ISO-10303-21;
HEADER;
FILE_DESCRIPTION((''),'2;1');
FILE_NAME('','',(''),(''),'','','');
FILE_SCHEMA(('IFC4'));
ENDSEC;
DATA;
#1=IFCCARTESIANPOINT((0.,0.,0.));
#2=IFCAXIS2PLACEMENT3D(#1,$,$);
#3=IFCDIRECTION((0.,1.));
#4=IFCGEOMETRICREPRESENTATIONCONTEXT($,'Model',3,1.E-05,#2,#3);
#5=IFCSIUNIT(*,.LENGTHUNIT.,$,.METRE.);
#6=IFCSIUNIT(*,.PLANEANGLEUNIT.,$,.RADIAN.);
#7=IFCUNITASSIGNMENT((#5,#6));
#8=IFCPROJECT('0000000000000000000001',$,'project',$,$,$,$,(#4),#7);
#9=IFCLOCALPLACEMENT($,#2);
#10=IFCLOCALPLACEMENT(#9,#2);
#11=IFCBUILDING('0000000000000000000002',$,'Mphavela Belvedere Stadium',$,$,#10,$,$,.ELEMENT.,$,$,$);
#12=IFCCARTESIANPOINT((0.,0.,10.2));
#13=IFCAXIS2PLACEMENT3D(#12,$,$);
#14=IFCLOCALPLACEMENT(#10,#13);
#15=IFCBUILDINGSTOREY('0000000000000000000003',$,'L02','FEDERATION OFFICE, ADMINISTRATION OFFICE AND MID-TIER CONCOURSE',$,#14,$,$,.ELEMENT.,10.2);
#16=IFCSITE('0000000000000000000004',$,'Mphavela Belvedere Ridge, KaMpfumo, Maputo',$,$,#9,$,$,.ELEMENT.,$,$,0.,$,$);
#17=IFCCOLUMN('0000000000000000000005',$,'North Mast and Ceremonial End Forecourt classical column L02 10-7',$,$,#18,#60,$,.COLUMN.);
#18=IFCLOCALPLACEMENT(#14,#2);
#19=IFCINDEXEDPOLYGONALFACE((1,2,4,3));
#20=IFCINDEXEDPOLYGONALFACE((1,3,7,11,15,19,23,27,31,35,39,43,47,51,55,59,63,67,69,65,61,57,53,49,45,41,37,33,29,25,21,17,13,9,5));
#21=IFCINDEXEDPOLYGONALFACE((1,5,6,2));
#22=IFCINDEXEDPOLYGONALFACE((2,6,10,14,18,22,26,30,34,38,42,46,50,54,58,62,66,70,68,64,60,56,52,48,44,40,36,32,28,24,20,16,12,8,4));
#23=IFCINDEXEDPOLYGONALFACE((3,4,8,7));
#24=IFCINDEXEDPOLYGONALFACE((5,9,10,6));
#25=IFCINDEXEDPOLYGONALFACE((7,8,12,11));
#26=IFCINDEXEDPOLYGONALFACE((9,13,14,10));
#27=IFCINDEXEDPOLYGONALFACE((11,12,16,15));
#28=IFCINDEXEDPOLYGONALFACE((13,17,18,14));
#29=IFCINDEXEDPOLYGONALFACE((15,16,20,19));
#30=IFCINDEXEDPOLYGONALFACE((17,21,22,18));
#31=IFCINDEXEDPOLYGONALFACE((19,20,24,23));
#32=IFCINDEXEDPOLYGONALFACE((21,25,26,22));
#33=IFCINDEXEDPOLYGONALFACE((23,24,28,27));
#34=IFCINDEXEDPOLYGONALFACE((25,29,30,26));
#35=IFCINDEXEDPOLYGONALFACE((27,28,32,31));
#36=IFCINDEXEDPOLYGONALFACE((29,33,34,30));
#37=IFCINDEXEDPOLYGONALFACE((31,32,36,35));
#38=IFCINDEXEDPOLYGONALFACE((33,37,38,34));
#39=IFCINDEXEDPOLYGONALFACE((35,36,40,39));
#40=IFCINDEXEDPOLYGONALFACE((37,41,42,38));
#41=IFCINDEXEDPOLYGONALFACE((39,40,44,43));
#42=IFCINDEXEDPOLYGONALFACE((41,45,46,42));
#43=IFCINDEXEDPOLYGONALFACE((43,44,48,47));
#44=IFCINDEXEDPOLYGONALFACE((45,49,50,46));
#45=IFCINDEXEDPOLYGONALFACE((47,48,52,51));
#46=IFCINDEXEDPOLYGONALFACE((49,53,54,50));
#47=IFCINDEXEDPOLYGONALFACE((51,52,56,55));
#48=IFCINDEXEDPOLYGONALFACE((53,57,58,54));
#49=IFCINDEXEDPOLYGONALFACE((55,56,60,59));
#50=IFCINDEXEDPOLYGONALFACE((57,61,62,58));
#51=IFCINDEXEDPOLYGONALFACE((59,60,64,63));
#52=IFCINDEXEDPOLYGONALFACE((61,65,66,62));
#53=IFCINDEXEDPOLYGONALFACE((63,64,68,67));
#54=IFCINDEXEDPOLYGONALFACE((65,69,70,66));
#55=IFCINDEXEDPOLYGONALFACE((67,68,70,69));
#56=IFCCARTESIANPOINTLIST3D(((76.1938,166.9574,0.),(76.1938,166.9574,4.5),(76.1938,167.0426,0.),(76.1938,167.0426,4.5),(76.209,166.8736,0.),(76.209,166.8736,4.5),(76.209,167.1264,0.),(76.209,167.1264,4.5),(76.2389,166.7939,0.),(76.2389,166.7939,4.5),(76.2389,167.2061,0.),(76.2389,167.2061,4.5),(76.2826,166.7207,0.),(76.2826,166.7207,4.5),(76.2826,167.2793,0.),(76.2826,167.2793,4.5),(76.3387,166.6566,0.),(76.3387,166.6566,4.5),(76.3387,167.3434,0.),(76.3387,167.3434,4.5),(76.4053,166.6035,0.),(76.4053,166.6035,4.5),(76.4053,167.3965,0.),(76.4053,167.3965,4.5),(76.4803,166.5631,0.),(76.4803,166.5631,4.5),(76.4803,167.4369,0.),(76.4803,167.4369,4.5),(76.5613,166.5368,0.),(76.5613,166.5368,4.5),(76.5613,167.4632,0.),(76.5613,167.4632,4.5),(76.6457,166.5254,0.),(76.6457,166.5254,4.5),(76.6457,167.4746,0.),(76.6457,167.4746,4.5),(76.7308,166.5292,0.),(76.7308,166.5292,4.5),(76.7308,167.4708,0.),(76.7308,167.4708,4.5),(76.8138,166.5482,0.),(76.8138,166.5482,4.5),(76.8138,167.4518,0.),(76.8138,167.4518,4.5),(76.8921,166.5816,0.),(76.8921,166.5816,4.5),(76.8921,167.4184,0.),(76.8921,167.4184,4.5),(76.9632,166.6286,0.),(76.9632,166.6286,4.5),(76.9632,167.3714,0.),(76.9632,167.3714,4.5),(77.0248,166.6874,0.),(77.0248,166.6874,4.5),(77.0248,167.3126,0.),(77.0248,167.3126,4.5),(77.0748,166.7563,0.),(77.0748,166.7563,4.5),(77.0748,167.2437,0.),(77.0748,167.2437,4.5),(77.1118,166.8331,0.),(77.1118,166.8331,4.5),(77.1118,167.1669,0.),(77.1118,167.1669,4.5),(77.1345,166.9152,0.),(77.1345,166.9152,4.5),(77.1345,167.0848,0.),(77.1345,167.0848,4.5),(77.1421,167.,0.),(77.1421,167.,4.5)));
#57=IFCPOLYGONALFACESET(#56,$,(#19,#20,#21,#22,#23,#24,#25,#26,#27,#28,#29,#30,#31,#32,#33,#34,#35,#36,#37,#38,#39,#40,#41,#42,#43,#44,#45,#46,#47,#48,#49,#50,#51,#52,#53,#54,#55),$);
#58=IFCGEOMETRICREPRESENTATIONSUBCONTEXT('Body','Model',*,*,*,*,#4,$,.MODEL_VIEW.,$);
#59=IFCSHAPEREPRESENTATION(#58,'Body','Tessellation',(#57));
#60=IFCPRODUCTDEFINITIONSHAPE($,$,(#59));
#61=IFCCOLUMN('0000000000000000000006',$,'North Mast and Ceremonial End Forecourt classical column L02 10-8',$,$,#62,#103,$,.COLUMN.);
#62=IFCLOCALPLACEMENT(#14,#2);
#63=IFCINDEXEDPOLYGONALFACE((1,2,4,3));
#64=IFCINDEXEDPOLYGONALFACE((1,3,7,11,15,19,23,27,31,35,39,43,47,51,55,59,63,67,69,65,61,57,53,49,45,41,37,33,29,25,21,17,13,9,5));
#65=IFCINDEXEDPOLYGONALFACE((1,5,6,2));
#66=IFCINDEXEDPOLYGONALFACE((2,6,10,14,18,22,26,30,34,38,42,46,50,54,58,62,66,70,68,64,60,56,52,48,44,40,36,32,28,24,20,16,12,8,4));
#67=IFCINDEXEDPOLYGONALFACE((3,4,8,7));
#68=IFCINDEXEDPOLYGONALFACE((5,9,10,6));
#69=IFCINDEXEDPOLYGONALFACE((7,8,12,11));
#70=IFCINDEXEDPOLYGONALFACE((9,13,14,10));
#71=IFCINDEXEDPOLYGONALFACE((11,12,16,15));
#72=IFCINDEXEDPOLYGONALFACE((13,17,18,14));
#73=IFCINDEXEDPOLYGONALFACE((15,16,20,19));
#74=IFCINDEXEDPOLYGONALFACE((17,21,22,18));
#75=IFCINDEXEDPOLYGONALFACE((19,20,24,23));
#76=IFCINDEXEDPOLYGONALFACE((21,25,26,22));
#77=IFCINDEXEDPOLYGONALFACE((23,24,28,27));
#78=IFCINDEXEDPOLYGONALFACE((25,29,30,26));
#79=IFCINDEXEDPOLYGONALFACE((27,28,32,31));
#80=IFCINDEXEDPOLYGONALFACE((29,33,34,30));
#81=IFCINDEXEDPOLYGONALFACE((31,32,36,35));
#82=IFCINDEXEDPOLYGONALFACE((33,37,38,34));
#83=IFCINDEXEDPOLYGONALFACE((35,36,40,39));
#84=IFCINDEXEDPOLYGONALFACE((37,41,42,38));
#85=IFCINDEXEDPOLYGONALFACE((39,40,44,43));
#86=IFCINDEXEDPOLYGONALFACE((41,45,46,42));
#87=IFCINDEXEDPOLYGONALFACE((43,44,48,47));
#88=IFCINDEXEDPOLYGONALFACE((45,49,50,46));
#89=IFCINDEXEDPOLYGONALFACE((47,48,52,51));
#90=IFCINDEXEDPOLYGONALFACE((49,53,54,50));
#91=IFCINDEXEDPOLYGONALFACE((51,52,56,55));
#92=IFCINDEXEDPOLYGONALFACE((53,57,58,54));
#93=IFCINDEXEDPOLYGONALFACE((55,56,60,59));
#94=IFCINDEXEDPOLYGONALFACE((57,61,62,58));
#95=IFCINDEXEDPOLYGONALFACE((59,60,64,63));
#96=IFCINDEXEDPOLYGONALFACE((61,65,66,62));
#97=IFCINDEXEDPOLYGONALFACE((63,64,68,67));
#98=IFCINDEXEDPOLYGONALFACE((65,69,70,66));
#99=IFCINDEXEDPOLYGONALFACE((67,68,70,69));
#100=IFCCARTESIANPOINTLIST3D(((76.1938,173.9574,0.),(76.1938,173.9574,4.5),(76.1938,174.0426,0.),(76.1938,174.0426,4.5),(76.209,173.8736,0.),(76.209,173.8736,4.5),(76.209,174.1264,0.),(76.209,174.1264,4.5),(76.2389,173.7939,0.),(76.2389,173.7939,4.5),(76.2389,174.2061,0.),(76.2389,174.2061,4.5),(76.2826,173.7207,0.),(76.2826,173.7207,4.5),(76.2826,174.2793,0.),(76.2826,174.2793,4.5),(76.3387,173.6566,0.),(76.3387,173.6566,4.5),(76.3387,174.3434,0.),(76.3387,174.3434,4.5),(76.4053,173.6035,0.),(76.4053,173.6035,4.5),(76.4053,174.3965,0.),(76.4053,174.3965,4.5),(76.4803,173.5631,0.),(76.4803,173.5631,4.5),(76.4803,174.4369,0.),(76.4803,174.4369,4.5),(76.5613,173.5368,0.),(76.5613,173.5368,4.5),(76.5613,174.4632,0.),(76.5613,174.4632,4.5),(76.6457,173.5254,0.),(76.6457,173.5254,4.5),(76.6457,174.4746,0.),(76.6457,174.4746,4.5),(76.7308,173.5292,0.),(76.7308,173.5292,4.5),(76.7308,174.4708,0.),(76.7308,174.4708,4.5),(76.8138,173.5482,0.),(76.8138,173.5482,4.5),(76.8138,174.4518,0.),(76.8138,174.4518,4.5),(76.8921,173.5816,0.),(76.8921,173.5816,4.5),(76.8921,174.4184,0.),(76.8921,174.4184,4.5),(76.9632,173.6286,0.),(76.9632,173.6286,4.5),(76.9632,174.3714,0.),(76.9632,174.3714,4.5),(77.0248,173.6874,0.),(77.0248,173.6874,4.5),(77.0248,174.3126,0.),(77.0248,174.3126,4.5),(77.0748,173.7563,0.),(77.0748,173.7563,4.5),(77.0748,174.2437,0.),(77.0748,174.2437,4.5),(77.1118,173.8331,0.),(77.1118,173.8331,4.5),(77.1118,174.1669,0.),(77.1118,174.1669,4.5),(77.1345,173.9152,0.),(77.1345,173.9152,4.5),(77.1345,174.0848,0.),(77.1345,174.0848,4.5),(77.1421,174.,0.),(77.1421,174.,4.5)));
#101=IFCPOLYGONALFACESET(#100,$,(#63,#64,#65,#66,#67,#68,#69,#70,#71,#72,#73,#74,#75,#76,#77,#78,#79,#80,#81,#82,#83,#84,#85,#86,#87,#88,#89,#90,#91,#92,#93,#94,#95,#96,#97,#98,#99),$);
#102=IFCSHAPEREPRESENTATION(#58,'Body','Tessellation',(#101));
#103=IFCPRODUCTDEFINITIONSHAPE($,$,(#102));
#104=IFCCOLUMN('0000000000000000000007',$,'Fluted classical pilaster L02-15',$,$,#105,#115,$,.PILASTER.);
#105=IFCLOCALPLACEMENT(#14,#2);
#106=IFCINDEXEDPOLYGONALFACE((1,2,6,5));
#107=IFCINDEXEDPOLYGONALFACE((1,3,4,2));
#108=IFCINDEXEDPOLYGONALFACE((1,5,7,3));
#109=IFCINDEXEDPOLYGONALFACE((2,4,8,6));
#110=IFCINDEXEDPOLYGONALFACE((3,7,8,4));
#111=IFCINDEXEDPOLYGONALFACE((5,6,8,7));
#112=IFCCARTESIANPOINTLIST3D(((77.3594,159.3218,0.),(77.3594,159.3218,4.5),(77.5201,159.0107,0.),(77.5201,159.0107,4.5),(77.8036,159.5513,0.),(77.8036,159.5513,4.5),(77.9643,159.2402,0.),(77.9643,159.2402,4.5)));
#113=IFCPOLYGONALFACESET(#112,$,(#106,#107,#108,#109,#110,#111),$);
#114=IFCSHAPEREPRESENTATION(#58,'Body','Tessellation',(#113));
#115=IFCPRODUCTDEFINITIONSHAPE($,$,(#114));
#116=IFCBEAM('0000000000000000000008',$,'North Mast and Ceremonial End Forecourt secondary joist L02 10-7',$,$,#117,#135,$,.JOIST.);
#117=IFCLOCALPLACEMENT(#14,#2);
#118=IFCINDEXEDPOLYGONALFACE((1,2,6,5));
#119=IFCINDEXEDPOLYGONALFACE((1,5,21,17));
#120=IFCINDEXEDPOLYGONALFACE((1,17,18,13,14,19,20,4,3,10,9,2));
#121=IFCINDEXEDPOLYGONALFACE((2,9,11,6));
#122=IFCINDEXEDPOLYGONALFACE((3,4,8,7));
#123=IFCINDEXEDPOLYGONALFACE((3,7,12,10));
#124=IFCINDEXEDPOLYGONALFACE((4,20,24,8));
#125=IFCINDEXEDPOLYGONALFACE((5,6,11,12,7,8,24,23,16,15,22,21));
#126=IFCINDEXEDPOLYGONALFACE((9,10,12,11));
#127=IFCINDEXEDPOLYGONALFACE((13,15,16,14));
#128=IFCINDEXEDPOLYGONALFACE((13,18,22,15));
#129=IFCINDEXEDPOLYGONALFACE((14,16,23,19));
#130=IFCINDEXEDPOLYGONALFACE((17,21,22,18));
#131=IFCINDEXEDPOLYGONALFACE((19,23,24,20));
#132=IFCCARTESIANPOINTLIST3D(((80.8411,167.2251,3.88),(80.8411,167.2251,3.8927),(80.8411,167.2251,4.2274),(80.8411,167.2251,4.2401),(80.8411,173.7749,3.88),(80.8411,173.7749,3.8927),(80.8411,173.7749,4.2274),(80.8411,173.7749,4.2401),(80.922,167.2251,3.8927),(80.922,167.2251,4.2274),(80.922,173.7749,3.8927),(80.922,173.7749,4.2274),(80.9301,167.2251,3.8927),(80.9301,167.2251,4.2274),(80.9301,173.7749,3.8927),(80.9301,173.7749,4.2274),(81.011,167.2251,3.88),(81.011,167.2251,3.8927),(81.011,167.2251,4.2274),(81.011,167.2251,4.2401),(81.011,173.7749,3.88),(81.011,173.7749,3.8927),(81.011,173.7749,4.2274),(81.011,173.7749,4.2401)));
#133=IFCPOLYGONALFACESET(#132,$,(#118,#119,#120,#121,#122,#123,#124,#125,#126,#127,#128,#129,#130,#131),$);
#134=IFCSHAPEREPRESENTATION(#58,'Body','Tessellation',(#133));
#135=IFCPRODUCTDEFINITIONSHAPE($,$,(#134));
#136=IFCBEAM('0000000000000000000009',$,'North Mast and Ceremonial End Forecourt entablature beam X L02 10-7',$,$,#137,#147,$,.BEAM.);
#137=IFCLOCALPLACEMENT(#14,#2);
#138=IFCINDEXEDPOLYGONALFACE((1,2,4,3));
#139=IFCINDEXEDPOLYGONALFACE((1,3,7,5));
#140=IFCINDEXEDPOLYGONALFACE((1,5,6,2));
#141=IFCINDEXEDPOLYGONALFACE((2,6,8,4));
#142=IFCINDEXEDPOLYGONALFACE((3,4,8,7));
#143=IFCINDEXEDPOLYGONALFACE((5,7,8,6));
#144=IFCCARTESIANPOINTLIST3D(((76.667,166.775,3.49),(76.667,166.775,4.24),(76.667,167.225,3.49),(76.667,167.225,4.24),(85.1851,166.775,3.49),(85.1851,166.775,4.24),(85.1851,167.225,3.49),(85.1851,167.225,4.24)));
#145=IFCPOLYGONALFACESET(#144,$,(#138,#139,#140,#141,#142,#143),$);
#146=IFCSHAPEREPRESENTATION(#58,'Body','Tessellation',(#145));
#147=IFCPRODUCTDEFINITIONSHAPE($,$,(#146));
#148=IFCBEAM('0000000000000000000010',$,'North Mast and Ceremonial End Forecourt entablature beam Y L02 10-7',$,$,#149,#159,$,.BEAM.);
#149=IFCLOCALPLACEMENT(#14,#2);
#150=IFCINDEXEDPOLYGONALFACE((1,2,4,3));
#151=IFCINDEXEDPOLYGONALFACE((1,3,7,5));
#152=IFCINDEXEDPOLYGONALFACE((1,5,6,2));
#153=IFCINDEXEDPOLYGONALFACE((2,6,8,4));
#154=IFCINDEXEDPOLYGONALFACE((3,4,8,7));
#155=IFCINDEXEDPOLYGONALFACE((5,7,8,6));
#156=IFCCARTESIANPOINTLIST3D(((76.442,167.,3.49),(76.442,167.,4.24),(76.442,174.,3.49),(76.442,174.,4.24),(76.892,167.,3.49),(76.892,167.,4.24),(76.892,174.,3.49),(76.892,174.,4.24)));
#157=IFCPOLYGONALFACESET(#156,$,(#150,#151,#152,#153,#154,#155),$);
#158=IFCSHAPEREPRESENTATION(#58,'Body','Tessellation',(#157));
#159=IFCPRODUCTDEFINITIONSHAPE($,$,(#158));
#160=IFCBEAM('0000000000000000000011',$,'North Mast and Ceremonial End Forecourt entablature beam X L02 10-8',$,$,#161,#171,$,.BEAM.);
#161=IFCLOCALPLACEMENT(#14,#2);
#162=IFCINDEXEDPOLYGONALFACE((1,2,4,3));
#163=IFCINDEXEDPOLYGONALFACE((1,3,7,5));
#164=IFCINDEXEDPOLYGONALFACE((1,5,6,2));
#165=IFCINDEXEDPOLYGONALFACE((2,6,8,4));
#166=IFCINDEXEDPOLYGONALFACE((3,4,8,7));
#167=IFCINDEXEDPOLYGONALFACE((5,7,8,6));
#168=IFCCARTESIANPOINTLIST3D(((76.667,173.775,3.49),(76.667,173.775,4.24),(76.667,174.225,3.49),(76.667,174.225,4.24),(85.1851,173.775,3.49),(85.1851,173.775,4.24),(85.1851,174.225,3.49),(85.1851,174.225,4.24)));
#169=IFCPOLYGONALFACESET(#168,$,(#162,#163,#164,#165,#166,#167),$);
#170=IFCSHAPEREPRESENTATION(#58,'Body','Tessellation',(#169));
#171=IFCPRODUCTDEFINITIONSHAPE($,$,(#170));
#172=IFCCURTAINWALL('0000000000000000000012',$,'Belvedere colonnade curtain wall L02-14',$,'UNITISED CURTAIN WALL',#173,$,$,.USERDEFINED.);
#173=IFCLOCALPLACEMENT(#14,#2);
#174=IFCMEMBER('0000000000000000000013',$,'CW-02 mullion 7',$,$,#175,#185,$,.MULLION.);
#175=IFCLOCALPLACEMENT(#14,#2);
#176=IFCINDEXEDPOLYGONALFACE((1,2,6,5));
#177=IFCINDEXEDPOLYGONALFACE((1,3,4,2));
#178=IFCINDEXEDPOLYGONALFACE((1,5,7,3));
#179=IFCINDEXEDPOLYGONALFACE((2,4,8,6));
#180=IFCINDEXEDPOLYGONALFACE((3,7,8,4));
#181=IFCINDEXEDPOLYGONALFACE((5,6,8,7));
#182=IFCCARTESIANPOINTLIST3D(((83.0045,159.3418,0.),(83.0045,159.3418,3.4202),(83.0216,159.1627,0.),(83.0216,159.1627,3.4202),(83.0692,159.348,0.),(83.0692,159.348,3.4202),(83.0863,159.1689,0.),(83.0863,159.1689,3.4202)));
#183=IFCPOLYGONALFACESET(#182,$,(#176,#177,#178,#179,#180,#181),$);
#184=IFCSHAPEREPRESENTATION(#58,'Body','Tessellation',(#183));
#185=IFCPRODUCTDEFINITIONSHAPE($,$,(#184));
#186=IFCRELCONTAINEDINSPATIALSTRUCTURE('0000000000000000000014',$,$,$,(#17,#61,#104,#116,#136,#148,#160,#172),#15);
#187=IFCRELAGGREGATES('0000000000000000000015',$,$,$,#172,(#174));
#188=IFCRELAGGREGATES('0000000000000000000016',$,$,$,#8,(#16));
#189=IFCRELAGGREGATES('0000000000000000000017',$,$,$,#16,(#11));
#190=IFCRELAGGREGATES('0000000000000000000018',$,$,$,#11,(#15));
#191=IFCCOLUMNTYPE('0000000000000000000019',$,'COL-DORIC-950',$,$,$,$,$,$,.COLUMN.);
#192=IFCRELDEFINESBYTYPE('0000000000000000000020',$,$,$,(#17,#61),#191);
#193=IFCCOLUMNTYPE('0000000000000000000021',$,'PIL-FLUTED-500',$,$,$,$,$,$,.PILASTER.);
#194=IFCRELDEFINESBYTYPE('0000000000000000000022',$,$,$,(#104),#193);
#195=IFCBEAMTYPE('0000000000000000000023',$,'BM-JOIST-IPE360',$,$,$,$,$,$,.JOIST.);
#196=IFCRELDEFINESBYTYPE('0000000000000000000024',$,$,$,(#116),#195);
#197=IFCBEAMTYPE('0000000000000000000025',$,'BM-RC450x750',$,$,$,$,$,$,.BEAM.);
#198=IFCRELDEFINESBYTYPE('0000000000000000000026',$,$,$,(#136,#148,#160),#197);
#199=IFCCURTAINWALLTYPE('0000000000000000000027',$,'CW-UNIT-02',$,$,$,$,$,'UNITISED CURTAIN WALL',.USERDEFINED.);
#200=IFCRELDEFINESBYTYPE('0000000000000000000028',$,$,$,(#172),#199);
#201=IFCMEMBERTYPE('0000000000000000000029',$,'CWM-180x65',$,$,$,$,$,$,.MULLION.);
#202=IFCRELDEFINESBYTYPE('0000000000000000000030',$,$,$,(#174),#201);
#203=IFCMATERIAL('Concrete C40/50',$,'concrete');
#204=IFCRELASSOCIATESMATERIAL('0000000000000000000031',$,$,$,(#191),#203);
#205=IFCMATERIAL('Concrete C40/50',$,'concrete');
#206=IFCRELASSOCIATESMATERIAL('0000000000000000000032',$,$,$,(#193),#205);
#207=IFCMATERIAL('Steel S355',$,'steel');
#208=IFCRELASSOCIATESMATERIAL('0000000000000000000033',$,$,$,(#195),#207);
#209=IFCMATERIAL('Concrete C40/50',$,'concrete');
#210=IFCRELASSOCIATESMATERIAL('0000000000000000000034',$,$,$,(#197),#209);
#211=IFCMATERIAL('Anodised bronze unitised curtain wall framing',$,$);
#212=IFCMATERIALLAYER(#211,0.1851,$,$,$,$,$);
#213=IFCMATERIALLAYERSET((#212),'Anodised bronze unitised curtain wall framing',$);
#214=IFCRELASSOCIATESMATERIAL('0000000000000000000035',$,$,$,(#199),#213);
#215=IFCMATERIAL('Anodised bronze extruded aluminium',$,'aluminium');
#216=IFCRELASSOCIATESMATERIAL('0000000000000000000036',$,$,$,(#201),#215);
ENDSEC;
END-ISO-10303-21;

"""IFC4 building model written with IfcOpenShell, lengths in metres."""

from ifc_helpers import new_model, si_unit, direction, frame, origin, origin_2d, place, context, subcontext, project, spatial, rectangle, circle, i_section, extrude, material, layer, layer_set, material_profile, profile_set, type_object, element, aggregate, save


model = new_model("IFC4")

# Units and contexts
model_context = context("Model", 3, precision=1e-05, world=origin(), true_north=direction((0.0, 1.0)))
body_context = subcontext(model_context, "Body", "Model", "MODEL_VIEW")
ifc_project = project(units=[si_unit("LENGTHUNIT", "METRE"), si_unit("PLANEANGLEUNIT", "RADIAN")], contexts=[model_context])

# Site, building, storey
site_placement = place(None, origin())
site = spatial("IfcSite", under=ifc_project, at=site_placement, Name="Mphavela Belvedere Ridge, KaMpfumo, Maputo", CompositionType="ELEMENT", RefElevation=0.0)
building_placement = place(site_placement, origin())
building = spatial("IfcBuilding", under=site, at=building_placement, Name="Mphavela Belvedere Stadium", CompositionType="ELEMENT")
storey_placement = place(building_placement, frame((0.0, 0.0, 10.2)))
storey = spatial("IfcBuildingStorey", under=building, at=storey_placement, Name="L02", Description="FEDERATION OFFICE, ADMINISTRATION OFFICE AND MID-TIER CONCOURSE", CompositionType="ELEMENT", Elevation=10.2)

# Columns
ifc_material_1 = material(Name="Concrete C40/50", Category="concrete")
ifc_material_profile_1 = material_profile(ifc_material_1, circle(Radius=0.4751, at=origin_2d()), Name="COL D950")
ifc_profile_set_1 = profile_set([ifc_material_profile_1], Name="Concrete C40/50")
column_type_1 = type_object("IfcColumnType", Name="COL-DORIC-950", PredefinedType="COLUMN", material=ifc_profile_set_1)
for number, where, z_axis, x_axis, name in (
    (1, (76.667, 167.0, 0.0), (0.0, 0.0, 1.0), (1.0, 0.0, 0.0), "North Mast and Ceremonial End Forecourt classical column L02 10-7"),
    (2, (76.667, 174.0, 0.0), (0.0, 0.0, 1.0), (1.0, 0.0, 0.0), "North Mast and Ceremonial End Forecourt classical column L02 10-8"),
):
    element("IfcColumn", number, at=place(storey_placement, frame(where, z_axis=z_axis, x_axis=x_axis)), inside=storey, type_object=column_type_1, Name=name, PredefinedType="COLUMN", context=body_context, shape_type="SweptSolid", body=[
        extrude(circle(Radius=0.4751, at=origin_2d()), origin(), (0.0, 0.0, 1.0), 4.5),
    ])
ifc_material_2 = material(Name="Concrete C40/50", Category="concrete")
ifc_material_profile_2 = material_profile(ifc_material_2, rectangle(XDim=0.5, YDim=0.3501, at=origin_2d()), Name="PIL 500x350")
ifc_profile_set_2 = profile_set([ifc_material_profile_2], Name="Concrete C40/50")
column_type_2 = type_object("IfcColumnType", Name="PIL-FLUTED-500", PredefinedType="PILASTER", material=ifc_profile_set_2)
column_placement = place(storey_placement, frame((77.6619, 159.281, 0.0), z_axis=(0.0, 0.0, 1.0), x_axis=(-0.888457, -0.45896, 0.0)))
element("IfcColumn", 3, at=column_placement, inside=storey, type_object=column_type_2, Name="Fluted classical pilaster L02-15", PredefinedType="PILASTER", context=body_context, shape_type="SweptSolid", body=[
    extrude(rectangle(XDim=0.5, YDim=0.3501, at=origin_2d()), origin(), (0.0, 0.0, 1.0), 4.5),
])

# Beams
ifc_material_3 = material(Name="Steel S355", Category="steel")
ifc_material_profile_3 = material_profile(ifc_material_3, i_section(OverallWidth=0.1699, OverallDepth=0.3601, WebThickness=0.0081, FlangeThickness=0.0127, at=origin_2d()), Name="IPE 360")
ifc_profile_set_3 = profile_set([ifc_material_profile_3], Name="Steel S355")
beam_type_1 = type_object("IfcBeamType", Name="BM-JOIST-IPE360", PredefinedType="JOIST", material=ifc_profile_set_3)
beam_1_placement = place(storey_placement, frame((80.926, 167.2251, 4.0601), z_axis=(0.0, 1.0, 0.0), x_axis=(-1.0, 0.0, 0.0)))
element("IfcBeam", 4, at=beam_1_placement, inside=storey, type_object=beam_type_1, Name="North Mast and Ceremonial End Forecourt secondary joist L02 10-7", PredefinedType="JOIST", context=body_context, shape_type="SweptSolid", body=[
    extrude(i_section(OverallWidth=0.1699, OverallDepth=0.3601, WebThickness=0.0081, FlangeThickness=0.0127, at=origin_2d()), origin(), (0.0, 0.0, 1.0), 6.5498),
])
ifc_material_4 = material(Name="Concrete C40/50", Category="concrete")
ifc_material_profile_4 = material_profile(ifc_material_4, rectangle(XDim=0.45, YDim=0.75, at=origin_2d()), Name="RC 450x750")
ifc_profile_set_4 = profile_set([ifc_material_profile_4], Name="Concrete C40/50")
beam_type_2 = type_object("IfcBeamType", Name="BM-RC450x750", PredefinedType="BEAM", material=ifc_profile_set_4)
beam_2_placement = place(storey_placement, frame((76.667, 167.0, 3.865), z_axis=(1.0, 0.0, 0.0), x_axis=(0.0, 1.0, 0.0)))
element("IfcBeam", 5, at=beam_2_placement, inside=storey, type_object=beam_type_2, Name="North Mast and Ceremonial End Forecourt entablature beam X L02 10-7", PredefinedType="BEAM", context=body_context, shape_type="SweptSolid", body=[
    extrude(rectangle(XDim=0.45, YDim=0.75, at=origin_2d()), origin(), (0.0, 0.0, 1.0), 8.5181),
])
beam_3_placement = place(storey_placement, frame((76.667, 167.0, 3.865), z_axis=(0.0, 1.0, 0.0), x_axis=(-1.0, 0.0, 0.0)))
element("IfcBeam", 6, at=beam_3_placement, inside=storey, type_object=beam_type_2, Name="North Mast and Ceremonial End Forecourt entablature beam Y L02 10-7", PredefinedType="BEAM", context=body_context, shape_type="SweptSolid", body=[
    extrude(rectangle(XDim=0.45, YDim=0.75, at=origin_2d()), origin(), (0.0, 0.0, 1.0), 7.0),
])
beam_4_placement = place(storey_placement, frame((76.667, 174.0, 3.865), z_axis=(1.0, 0.0, 0.0), x_axis=(0.0, 1.0, 0.0)))
element("IfcBeam", 7, at=beam_4_placement, inside=storey, type_object=beam_type_2, Name="North Mast and Ceremonial End Forecourt entablature beam X L02 10-8", PredefinedType="BEAM", context=body_context, shape_type="SweptSolid", body=[
    extrude(rectangle(XDim=0.45, YDim=0.75, at=origin_2d()), origin(), (0.0, 0.0, 1.0), 8.5181),
])

# Curtain wall, member
ifc_material_5 = material(Name="Anodised bronze unitised curtain wall framing")
ifc_layer_1 = layer(ifc_material_5, 0.1851)
ifc_layer_set_1 = layer_set([ifc_layer_1], Name="Anodised bronze unitised curtain wall framing")
curtain_wall_type_1 = type_object("IfcCurtainWallType", Name="CW-UNIT-02", ElementType="UNITISED CURTAIN WALL", PredefinedType="USERDEFINED", material=ifc_layer_set_1)
curtain_wall_1_placement = place(storey_placement, origin())
curtain_wall_1 = element("IfcCurtainWall", 8, at=curtain_wall_1_placement, inside=storey, type_object=curtain_wall_type_1, Name="Belvedere colonnade curtain wall L02-14", ObjectType="UNITISED CURTAIN WALL", PredefinedType="USERDEFINED")
ifc_material_6 = material(Name="Anodised bronze extruded aluminium", Category="aluminium")
ifc_material_profile_5 = material_profile(ifc_material_6, rectangle(XDim=0.1799, YDim=0.0649, at=origin_2d()), Name="CW-MUL 180x65")
ifc_profile_set_5 = profile_set([ifc_material_profile_5], Name="Anodised bronze extruded aluminium")
member_type_1 = type_object("IfcMemberType", Name="CWM-180x65", PredefinedType="MULLION", material=ifc_profile_set_5)
member_1_placement = place(storey_placement, frame((83.0454, 159.2554, 0.0), z_axis=(0.0, 0.0, 1.0), x_axis=(0.094926, -0.995484, 0.0)))
member_1 = element("IfcMember", 9, at=member_1_placement, type_object=member_type_1, Name="CW-02 mullion 7", PredefinedType="MULLION", context=body_context, shape_type="SweptSolid", body=[
    extrude(rectangle(XDim=0.1799, YDim=0.0649, at=origin_2d()), origin(), (0.0, 0.0, 1.0), 3.4202),
])

aggregate(curtain_wall_1, [member_1])

save(model, "model.ifc")
